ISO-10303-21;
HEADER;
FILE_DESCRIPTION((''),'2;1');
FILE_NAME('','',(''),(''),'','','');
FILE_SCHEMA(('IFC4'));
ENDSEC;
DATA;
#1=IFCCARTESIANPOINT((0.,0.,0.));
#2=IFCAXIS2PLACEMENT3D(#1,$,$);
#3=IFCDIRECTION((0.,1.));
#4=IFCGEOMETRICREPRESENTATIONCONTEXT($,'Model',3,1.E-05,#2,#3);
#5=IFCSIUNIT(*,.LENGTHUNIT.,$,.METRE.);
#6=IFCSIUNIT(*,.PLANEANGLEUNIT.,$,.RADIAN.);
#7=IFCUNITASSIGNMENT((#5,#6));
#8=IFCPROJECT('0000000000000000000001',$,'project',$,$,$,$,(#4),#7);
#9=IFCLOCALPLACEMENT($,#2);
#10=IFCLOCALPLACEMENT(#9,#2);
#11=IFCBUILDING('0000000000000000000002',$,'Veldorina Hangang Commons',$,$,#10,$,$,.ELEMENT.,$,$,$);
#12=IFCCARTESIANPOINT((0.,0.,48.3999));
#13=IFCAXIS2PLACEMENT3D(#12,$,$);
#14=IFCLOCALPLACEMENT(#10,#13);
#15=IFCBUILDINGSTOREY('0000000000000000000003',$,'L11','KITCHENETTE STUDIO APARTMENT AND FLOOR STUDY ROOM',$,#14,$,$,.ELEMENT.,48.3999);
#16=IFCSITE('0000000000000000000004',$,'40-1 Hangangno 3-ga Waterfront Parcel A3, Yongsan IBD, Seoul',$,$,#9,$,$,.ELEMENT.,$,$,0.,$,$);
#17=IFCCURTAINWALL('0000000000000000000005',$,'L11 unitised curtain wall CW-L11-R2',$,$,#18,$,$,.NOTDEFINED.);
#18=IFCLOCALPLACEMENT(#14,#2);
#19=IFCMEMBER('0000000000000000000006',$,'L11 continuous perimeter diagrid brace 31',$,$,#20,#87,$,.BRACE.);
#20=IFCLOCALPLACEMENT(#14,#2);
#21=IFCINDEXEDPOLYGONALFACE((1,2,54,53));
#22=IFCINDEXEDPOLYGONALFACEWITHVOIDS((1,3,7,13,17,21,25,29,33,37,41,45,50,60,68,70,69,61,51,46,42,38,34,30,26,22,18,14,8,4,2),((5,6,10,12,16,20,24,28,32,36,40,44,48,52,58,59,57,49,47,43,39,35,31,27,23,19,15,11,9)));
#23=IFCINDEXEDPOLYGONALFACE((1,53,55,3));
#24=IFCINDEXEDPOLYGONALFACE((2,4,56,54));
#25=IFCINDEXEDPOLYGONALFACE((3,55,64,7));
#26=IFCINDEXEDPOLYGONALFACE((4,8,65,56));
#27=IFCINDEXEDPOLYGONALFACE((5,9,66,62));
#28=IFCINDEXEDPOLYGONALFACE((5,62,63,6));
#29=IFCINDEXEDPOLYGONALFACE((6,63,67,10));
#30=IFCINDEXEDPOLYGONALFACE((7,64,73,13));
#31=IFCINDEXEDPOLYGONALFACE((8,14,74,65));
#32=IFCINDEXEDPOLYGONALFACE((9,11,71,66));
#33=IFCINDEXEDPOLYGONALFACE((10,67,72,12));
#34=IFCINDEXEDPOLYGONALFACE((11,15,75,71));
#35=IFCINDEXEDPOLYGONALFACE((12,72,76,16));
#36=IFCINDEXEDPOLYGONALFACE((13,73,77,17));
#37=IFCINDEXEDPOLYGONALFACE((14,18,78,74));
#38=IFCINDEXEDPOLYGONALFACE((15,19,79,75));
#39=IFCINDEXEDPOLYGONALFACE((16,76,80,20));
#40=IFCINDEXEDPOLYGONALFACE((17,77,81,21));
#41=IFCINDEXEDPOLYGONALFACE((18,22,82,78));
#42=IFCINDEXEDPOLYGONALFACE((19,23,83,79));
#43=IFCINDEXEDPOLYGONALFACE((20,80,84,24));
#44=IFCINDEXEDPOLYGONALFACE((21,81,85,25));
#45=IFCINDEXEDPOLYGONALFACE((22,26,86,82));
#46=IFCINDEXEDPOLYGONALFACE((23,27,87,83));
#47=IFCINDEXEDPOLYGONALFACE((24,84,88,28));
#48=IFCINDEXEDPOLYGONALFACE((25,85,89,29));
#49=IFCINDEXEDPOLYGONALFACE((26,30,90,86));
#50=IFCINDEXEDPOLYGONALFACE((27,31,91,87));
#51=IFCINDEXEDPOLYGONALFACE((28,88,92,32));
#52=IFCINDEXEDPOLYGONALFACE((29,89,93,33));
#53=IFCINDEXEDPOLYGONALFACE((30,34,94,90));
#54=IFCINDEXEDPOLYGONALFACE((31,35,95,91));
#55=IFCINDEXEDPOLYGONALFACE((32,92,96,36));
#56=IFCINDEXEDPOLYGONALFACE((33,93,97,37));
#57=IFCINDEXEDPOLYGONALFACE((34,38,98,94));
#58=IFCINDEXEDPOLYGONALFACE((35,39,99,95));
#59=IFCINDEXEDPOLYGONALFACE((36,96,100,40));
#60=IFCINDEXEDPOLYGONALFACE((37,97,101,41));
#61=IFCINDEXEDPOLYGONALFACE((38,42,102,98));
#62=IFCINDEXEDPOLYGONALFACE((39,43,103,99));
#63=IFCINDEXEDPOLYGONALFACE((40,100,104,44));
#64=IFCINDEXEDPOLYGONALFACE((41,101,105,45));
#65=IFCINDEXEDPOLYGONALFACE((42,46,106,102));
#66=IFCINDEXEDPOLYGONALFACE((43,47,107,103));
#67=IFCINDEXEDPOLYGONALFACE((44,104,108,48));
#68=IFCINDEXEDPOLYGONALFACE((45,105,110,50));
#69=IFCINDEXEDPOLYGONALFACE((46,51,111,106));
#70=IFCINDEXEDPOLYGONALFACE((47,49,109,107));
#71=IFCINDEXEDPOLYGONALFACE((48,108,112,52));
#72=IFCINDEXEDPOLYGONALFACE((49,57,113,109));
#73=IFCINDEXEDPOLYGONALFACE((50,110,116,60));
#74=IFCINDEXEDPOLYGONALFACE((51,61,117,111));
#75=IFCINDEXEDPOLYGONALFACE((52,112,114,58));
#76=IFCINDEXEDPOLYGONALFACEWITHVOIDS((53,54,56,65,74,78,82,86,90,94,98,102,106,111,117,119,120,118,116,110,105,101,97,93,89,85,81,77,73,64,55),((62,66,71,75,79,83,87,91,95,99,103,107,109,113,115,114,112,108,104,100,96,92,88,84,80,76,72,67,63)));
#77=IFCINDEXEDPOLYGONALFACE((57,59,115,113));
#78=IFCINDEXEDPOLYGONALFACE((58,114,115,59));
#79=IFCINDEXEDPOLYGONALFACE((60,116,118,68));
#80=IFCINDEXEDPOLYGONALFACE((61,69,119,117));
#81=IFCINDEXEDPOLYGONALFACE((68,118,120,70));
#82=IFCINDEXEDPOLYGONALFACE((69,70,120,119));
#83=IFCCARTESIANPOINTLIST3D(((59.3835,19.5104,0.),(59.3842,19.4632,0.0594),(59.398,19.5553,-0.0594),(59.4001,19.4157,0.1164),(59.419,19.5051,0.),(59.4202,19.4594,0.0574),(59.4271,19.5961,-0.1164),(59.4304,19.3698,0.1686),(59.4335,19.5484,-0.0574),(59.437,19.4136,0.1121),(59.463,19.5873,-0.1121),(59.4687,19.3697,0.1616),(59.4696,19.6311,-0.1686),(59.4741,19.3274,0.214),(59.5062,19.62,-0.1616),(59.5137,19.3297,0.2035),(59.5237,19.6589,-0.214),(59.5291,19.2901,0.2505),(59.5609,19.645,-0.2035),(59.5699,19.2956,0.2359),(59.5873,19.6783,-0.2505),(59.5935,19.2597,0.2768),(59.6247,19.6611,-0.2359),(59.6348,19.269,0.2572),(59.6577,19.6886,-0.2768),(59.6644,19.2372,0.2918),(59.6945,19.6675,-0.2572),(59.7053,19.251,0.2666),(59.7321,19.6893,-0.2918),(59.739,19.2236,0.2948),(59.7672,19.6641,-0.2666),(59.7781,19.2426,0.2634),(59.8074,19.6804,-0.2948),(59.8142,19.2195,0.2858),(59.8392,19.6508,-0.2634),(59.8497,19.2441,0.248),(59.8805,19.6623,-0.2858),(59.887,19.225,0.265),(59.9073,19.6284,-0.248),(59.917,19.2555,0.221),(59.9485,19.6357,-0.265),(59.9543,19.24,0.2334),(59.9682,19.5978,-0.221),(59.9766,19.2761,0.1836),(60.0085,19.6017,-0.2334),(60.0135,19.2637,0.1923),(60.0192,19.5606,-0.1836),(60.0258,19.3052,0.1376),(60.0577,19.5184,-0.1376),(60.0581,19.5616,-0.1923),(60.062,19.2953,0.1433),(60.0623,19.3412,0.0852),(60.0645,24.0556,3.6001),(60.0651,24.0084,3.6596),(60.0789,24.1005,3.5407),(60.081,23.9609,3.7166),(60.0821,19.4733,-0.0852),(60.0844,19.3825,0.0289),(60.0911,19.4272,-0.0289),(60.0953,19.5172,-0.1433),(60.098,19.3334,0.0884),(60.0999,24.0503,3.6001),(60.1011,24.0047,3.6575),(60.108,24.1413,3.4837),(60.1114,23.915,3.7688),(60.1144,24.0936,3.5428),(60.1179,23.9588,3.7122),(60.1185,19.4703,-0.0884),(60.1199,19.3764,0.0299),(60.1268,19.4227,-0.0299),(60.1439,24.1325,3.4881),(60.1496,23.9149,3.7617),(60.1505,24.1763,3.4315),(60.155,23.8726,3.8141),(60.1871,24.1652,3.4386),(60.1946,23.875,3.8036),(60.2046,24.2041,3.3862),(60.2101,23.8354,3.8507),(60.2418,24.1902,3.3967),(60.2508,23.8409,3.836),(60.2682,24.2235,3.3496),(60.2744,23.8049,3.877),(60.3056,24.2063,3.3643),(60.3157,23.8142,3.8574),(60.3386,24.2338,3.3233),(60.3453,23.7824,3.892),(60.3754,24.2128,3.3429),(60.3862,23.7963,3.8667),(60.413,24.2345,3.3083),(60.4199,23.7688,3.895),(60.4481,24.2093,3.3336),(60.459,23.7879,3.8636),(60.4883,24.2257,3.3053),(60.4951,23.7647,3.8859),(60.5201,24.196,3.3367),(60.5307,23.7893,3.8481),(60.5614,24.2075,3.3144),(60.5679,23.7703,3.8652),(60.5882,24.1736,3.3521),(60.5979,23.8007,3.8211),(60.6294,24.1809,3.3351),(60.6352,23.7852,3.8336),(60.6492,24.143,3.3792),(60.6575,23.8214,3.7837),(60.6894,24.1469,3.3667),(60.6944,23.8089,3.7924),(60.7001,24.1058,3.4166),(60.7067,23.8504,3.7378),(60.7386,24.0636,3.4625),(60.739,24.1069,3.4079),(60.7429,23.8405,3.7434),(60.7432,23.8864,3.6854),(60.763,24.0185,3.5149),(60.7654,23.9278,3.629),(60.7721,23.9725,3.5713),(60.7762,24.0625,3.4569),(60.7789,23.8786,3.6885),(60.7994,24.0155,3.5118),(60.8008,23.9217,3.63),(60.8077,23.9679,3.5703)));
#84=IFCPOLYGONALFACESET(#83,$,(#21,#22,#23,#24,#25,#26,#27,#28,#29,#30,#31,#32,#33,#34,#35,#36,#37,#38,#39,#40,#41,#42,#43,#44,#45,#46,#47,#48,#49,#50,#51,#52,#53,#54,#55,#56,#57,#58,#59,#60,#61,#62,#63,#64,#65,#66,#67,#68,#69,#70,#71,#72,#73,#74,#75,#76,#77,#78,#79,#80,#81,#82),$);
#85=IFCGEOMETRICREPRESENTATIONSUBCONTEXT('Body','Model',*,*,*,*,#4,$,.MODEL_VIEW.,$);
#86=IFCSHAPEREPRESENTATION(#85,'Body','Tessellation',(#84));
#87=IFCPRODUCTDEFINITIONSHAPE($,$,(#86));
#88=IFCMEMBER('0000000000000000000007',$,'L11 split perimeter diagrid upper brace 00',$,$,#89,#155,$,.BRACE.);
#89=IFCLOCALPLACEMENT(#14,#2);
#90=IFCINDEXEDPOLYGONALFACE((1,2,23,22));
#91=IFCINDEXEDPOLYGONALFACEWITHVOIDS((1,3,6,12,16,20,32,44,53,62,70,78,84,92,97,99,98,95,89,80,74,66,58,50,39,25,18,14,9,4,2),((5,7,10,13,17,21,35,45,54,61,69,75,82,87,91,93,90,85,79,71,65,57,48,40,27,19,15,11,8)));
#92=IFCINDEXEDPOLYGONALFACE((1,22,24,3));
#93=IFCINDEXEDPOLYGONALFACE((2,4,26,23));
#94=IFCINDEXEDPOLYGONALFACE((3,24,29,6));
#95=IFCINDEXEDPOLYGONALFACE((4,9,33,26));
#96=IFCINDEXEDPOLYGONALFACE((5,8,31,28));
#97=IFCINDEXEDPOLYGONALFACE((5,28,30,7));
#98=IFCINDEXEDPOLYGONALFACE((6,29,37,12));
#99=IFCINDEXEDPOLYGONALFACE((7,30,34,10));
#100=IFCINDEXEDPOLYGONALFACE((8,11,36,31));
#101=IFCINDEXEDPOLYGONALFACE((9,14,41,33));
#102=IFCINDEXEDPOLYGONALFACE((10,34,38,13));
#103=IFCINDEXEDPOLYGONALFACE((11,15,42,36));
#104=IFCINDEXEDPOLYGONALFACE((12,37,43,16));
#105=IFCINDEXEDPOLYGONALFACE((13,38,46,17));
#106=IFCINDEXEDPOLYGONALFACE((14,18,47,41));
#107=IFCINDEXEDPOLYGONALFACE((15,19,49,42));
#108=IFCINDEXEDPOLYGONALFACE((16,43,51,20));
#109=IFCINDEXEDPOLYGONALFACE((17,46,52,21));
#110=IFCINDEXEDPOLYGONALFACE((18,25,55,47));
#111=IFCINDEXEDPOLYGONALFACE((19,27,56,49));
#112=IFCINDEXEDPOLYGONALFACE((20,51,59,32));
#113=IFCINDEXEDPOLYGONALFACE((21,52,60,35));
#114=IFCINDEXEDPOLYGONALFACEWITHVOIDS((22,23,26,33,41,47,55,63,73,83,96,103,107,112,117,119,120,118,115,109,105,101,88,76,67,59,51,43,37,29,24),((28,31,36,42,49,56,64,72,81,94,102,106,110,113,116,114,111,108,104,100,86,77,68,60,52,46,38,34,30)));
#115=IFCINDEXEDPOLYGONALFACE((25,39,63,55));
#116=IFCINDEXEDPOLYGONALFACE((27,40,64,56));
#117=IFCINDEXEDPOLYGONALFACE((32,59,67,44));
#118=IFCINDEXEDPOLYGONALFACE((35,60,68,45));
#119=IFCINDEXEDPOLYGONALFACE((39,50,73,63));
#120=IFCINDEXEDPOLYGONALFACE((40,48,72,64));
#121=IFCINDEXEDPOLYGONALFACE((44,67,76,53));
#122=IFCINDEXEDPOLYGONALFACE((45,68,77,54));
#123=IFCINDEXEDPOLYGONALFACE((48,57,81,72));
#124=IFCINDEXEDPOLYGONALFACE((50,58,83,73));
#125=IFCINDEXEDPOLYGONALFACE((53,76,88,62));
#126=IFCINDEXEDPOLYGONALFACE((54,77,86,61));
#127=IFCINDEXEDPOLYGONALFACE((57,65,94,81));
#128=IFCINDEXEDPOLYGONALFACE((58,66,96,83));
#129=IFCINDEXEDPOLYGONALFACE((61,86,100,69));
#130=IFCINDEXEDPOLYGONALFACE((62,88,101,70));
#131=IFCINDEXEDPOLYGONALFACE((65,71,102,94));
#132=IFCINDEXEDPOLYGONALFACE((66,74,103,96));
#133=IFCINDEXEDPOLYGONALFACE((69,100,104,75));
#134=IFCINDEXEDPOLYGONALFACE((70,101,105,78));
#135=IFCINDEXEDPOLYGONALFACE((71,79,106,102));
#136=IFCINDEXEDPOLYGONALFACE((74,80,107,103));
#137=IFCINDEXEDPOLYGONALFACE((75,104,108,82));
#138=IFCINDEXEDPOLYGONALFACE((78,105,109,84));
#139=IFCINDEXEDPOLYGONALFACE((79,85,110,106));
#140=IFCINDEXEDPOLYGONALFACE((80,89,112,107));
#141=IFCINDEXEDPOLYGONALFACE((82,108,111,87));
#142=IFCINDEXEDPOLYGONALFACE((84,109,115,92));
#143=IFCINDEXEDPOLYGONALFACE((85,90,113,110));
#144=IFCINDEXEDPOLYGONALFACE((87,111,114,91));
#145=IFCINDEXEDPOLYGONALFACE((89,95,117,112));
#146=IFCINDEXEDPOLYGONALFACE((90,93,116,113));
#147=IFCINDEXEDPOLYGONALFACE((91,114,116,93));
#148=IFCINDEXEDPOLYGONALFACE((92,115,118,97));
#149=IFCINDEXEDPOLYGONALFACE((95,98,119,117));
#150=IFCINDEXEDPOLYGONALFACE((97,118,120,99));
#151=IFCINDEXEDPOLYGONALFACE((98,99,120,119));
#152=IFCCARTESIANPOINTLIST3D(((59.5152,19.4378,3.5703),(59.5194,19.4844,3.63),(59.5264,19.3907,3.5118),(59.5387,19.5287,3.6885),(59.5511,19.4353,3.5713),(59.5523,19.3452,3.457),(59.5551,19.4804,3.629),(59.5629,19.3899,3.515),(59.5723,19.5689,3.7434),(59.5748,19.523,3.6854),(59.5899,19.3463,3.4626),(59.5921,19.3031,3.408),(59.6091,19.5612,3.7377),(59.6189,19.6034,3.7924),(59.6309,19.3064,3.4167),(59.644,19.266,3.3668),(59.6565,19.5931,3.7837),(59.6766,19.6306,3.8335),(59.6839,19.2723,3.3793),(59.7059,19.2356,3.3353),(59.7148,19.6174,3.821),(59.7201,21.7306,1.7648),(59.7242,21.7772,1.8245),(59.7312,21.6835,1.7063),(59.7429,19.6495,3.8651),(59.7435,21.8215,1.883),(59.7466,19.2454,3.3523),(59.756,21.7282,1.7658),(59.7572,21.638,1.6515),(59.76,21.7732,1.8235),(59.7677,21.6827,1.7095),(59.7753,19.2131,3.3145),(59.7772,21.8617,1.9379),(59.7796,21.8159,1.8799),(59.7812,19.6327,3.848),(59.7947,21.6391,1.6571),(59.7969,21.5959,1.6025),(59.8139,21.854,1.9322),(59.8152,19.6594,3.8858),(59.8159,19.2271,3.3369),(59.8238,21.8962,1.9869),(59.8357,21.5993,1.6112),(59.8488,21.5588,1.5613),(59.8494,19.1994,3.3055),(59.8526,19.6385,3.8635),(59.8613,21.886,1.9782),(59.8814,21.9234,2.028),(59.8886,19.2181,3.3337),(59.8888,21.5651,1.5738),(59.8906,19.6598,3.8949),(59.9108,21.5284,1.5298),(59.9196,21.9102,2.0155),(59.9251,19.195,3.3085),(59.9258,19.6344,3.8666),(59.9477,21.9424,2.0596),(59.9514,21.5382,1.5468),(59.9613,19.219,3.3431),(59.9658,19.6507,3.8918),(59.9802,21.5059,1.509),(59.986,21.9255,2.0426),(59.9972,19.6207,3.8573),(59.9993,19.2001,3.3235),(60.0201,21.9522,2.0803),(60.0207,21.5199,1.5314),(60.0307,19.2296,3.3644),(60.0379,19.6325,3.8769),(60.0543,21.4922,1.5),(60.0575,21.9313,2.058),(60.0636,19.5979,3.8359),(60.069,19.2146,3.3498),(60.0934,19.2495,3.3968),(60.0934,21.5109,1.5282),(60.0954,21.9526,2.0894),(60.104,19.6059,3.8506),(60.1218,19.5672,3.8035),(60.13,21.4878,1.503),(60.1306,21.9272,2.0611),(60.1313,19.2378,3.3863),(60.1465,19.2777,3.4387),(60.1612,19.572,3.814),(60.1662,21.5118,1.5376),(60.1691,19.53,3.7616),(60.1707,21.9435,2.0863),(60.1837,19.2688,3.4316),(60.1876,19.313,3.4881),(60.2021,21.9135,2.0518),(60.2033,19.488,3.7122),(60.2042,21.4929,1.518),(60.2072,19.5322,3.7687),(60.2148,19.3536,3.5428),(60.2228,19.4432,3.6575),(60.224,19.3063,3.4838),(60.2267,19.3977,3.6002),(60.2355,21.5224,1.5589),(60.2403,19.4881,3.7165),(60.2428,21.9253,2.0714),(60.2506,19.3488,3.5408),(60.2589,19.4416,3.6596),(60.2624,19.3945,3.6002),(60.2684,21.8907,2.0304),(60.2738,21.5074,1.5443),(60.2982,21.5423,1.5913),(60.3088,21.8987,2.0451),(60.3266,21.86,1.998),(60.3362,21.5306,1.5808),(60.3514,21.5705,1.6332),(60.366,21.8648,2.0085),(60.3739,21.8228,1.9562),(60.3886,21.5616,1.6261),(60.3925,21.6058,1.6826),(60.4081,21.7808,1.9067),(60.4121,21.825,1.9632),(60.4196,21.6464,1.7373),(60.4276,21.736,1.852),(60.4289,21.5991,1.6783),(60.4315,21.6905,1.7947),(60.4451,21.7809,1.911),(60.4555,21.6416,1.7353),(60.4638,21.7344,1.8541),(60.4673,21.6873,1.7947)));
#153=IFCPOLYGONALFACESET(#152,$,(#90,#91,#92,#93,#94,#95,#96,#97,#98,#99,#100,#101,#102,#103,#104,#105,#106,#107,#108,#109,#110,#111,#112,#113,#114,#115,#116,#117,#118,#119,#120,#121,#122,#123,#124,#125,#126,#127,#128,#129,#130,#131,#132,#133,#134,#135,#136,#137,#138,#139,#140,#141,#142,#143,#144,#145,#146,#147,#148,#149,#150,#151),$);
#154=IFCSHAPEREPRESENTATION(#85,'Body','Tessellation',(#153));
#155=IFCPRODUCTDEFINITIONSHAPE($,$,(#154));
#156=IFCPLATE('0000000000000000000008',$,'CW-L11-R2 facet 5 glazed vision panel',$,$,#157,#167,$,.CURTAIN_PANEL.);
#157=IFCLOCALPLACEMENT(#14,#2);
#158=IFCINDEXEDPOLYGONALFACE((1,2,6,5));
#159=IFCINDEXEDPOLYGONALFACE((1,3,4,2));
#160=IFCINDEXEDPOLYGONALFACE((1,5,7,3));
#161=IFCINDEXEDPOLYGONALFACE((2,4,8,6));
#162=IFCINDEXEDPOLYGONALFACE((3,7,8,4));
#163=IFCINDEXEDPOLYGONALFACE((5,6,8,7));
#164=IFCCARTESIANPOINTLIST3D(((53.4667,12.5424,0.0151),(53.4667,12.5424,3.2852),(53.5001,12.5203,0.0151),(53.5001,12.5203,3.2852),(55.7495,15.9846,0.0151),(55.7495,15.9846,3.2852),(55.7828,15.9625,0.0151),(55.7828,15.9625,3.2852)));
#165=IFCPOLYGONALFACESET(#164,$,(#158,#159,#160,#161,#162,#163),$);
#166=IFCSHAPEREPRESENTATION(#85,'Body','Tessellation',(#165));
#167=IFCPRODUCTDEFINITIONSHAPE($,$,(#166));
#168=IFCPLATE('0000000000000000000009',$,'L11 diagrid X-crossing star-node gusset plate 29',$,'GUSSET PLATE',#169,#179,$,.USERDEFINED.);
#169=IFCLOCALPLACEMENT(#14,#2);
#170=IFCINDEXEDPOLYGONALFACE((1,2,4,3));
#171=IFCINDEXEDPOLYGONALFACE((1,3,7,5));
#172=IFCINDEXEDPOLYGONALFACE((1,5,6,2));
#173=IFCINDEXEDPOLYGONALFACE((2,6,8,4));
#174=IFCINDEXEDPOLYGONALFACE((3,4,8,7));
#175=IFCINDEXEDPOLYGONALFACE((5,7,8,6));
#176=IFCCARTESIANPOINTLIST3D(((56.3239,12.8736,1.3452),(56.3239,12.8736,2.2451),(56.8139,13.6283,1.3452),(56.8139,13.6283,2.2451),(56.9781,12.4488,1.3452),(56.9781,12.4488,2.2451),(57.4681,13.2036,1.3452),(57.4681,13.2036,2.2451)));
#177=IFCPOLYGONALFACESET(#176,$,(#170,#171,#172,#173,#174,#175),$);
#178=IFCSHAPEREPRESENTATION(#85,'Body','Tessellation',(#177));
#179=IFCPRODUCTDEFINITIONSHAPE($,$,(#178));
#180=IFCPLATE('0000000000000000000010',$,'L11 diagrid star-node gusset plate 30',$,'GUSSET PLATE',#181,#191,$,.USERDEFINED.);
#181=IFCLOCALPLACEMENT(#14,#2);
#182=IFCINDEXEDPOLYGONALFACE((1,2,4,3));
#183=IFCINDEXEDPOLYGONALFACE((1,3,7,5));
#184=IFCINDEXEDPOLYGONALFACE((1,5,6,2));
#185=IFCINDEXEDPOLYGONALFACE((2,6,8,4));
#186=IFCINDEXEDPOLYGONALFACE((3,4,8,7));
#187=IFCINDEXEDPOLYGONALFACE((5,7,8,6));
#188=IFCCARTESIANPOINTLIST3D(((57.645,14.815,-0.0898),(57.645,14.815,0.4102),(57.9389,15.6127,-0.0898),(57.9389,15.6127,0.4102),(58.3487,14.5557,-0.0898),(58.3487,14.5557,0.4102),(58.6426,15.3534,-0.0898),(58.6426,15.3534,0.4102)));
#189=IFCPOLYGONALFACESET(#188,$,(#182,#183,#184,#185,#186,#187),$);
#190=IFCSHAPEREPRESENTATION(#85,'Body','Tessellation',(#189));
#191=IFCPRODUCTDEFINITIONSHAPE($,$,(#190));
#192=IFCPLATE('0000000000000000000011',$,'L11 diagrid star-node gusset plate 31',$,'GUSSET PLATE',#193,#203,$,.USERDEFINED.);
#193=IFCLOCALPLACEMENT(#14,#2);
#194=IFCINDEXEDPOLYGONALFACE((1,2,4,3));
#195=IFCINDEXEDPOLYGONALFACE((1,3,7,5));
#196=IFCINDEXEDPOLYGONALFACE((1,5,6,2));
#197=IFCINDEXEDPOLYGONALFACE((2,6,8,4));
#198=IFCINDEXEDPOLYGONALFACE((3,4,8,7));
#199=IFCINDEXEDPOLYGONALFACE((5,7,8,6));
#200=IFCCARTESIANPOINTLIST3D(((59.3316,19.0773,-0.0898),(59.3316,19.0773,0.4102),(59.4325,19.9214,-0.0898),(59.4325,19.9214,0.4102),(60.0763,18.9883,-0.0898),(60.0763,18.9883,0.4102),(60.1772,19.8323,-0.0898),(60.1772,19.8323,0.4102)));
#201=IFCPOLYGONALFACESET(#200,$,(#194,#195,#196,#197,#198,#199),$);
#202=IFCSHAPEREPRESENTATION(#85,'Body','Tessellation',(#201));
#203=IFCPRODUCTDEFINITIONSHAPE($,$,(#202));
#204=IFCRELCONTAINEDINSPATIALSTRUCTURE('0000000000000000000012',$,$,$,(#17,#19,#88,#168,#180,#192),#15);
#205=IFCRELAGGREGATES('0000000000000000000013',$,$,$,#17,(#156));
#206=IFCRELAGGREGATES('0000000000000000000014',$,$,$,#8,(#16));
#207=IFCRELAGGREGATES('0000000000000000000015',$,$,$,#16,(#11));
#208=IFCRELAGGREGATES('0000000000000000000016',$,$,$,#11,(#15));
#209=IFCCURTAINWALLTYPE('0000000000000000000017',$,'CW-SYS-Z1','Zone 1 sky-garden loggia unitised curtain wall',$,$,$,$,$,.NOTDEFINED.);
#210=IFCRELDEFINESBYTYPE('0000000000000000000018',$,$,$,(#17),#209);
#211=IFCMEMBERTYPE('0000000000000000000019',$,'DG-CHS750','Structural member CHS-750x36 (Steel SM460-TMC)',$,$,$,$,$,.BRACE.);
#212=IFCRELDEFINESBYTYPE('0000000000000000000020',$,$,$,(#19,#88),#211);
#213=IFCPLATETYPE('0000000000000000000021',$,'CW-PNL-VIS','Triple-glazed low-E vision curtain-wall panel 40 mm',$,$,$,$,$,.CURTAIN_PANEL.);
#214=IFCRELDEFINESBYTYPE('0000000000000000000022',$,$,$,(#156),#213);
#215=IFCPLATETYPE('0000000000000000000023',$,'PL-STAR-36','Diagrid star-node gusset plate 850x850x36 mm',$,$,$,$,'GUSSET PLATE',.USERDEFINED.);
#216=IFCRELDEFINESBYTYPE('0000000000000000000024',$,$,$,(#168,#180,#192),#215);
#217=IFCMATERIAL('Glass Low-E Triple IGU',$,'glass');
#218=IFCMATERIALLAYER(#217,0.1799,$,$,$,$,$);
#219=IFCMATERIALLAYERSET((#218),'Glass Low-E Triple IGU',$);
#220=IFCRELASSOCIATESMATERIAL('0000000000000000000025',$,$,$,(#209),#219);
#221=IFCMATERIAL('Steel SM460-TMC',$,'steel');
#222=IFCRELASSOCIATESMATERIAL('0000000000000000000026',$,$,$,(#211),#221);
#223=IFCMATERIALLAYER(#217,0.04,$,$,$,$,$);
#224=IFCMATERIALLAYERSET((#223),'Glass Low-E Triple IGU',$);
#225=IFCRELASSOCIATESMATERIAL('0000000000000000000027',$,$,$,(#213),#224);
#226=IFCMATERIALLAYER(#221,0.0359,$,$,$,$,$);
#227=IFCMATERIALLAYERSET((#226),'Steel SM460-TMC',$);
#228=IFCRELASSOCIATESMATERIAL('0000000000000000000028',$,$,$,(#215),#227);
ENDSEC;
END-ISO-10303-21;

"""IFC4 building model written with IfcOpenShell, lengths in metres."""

from ifc_helpers import new_model, si_unit, direction, frame, origin, origin_2d, place, context, subcontext, project, spatial, rectangle, hollow_circle, extrude, material, layer, layer_set, material_profile, profile_set, type_object, element, aggregate, save


model = new_model("IFC4")

# Units and contexts
model_context = context("Model", 3, precision=1e-05, world=origin(), true_north=direction((0.0, 1.0)))
body_context = subcontext(model_context, "Body", "Model", "MODEL_VIEW")
ifc_project = project(units=[si_unit("LENGTHUNIT", "METRE"), si_unit("PLANEANGLEUNIT", "RADIAN")], contexts=[model_context])

# Site, building, storey
site_placement = place(None, origin())
site = spatial("IfcSite", under=ifc_project, at=site_placement, Name="40-1 Hangangno 3-ga Waterfront Parcel A3, Yongsan IBD, Seoul", CompositionType="ELEMENT", RefElevation=0.0)
building_placement = place(site_placement, origin())
building = spatial("IfcBuilding", under=site, at=building_placement, Name="Veldorina Hangang Commons", CompositionType="ELEMENT")
storey_placement = place(building_placement, frame((0.0, 0.0, 48.3999)))
storey = spatial("IfcBuildingStorey", under=building, at=storey_placement, Name="L11", Description="KITCHENETTE STUDIO APARTMENT AND FLOOR STUDY ROOM", CompositionType="ELEMENT", Elevation=48.3999)

# Shared definitions
ifc_material_1 = material(Name="Steel SM460-TMC", Category="steel")

# Curtain wall
ifc_material_2 = material(Name="Glass Low-E Triple IGU", Category="glass")
ifc_layer_1 = layer(ifc_material_2, 0.1799)
ifc_layer_set_1 = layer_set([ifc_layer_1], Name="Glass Low-E Triple IGU")
curtain_wall_type = type_object("IfcCurtainWallType", Name="CW-SYS-Z1", Description="Zone 1 sky-garden loggia unitised curtain wall", PredefinedType="NOTDEFINED", material=ifc_layer_set_1)
curtain_wall_placement = place(storey_placement, origin())
curtain_wall = element("IfcCurtainWall", 1, at=curtain_wall_placement, inside=storey, type_object=curtain_wall_type, Name="L11 unitised curtain wall CW-L11-R2", PredefinedType="NOTDEFINED")

# Members
ifc_material_profile_1 = material_profile(ifc_material_1, hollow_circle(Radius=0.375, WallThickness=0.0359, at=origin_2d()), Name="CHS-750x36")
ifc_profile_set_1 = profile_set([ifc_material_profile_1], Name="Steel SM460-TMC")
member_type_1 = type_object("IfcMemberType", Name="DG-CHS750", Description="Structural member CHS-750x36 (Steel SM460-TMC)", PredefinedType="BRACE", material=ifc_profile_set_1)
member_1_placement = place(storey_placement, frame((59.7544, 19.4548, 0.0), z_axis=(0.116633, 0.778541, 0.616661), x_axis=(-0.988964, 0.148156, 0.0)))
element("IfcMember", 2, at=member_1_placement, inside=storey, type_object=member_type_1, Name="L11 continuous perimeter diagrid brace 31", PredefinedType="BRACE", context=body_context, shape_type="SweptSolid", body=[
    extrude(hollow_circle(Radius=0.375, WallThickness=0.0359, at=origin_2d()), origin(), (0.0, 0.0, 1.0), 5.8381),
])
member_2_placement = place(storey_placement, frame((60.0938, 21.7207, 1.7947), z_axis=(-0.070019, -0.783725, 0.617149), x_axis=(0.996033, -0.088986, 0.0)))
element("IfcMember", 3, at=member_2_placement, inside=storey, type_object=member_type_1, Name="L11 split perimeter diagrid upper brace 00", PredefinedType="BRACE", context=body_context, shape_type="SweptSolid", body=[
    extrude(hollow_circle(Radius=0.375, WallThickness=0.0359, at=origin_2d()), origin(), (0.0, 0.0, 1.0), 2.9255),
])

# Plate
ifc_layer_2 = layer(ifc_material_2, 0.04)
ifc_layer_set_2 = layer_set([ifc_layer_2], Name="Glass Low-E Triple IGU")
plate_type_1 = type_object("IfcPlateType", Name="CW-PNL-VIS", Description="Triple-glazed low-E vision curtain-wall panel 40 mm", PredefinedType="CURTAIN_PANEL", material=ifc_layer_set_2)
plate_1_placement = place(storey_placement, frame((54.6248, 14.2524, 0.0151), z_axis=(0.0, 0.0, 1.0), x_axis=(0.552679, 0.833394, 0.0)))
plate_1 = element("IfcPlate", 4, at=plate_1_placement, type_object=plate_type_1, Name="CW-L11-R2 facet 5 glazed vision panel", PredefinedType="CURTAIN_PANEL", context=body_context, shape_type="SweptSolid", body=[
    extrude(rectangle(XDim=4.1304, YDim=0.04, at=origin_2d()), origin(), (0.0, 0.0, 1.0), 3.27),
])
aggregate(curtain_wall, [plate_1])

# Plates
ifc_layer_3 = layer(ifc_material_1, 0.0359)
ifc_layer_set_3 = layer_set([ifc_layer_3], Name="Steel SM460-TMC")
plate_type_2 = type_object("IfcPlateType", Name="PL-STAR-36", Description="Diagrid star-node gusset plate 850x850x36 mm", ElementType="GUSSET PLATE", PredefinedType="USERDEFINED", material=ifc_layer_set_3)
plate_2_placement = place(storey_placement, frame((56.896, 13.0386, 1.3452), z_axis=(0.0, 0.0, 1.0), x_axis=(0.544537, 0.838737, 0.0)))
element("IfcPlate", 5, at=plate_2_placement, inside=storey, type_object=plate_type_2, Name="L11 diagrid X-crossing star-node gusset plate 29", ObjectType="GUSSET PLATE", PredefinedType="USERDEFINED", context=body_context, shape_type="SweptSolid", body=[
    extrude(rectangle(XDim=0.8999, YDim=0.78, at=origin_2d()), origin(), (0.0, 0.0, 1.0), 0.8999),
])
for number, where, z_axis, x_axis, name in (
    (6, (58.1438, 15.0842, -0.0898), (0.0, 0.0, 1.0), (0.34574, 0.93833, 0.0), "L11 diagrid star-node gusset plate 30"),
    (7, (59.7544, 19.4548, -0.0898), (0.0, 0.0, 1.0), (0.118768, 0.992922, 0.0), "L11 diagrid star-node gusset plate 31"),
):
    element("IfcPlate", number, at=place(storey_placement, frame(where, z_axis=z_axis, x_axis=x_axis)), inside=storey, type_object=plate_type_2, Name=name, ObjectType="GUSSET PLATE", PredefinedType="USERDEFINED", context=body_context, shape_type="SweptSolid", body=[
        extrude(rectangle(XDim=0.8501, YDim=0.75, at=origin_2d()), origin(), (0.0, 0.0, 1.0), 0.5),
    ])

save(model, "model.ifc")
